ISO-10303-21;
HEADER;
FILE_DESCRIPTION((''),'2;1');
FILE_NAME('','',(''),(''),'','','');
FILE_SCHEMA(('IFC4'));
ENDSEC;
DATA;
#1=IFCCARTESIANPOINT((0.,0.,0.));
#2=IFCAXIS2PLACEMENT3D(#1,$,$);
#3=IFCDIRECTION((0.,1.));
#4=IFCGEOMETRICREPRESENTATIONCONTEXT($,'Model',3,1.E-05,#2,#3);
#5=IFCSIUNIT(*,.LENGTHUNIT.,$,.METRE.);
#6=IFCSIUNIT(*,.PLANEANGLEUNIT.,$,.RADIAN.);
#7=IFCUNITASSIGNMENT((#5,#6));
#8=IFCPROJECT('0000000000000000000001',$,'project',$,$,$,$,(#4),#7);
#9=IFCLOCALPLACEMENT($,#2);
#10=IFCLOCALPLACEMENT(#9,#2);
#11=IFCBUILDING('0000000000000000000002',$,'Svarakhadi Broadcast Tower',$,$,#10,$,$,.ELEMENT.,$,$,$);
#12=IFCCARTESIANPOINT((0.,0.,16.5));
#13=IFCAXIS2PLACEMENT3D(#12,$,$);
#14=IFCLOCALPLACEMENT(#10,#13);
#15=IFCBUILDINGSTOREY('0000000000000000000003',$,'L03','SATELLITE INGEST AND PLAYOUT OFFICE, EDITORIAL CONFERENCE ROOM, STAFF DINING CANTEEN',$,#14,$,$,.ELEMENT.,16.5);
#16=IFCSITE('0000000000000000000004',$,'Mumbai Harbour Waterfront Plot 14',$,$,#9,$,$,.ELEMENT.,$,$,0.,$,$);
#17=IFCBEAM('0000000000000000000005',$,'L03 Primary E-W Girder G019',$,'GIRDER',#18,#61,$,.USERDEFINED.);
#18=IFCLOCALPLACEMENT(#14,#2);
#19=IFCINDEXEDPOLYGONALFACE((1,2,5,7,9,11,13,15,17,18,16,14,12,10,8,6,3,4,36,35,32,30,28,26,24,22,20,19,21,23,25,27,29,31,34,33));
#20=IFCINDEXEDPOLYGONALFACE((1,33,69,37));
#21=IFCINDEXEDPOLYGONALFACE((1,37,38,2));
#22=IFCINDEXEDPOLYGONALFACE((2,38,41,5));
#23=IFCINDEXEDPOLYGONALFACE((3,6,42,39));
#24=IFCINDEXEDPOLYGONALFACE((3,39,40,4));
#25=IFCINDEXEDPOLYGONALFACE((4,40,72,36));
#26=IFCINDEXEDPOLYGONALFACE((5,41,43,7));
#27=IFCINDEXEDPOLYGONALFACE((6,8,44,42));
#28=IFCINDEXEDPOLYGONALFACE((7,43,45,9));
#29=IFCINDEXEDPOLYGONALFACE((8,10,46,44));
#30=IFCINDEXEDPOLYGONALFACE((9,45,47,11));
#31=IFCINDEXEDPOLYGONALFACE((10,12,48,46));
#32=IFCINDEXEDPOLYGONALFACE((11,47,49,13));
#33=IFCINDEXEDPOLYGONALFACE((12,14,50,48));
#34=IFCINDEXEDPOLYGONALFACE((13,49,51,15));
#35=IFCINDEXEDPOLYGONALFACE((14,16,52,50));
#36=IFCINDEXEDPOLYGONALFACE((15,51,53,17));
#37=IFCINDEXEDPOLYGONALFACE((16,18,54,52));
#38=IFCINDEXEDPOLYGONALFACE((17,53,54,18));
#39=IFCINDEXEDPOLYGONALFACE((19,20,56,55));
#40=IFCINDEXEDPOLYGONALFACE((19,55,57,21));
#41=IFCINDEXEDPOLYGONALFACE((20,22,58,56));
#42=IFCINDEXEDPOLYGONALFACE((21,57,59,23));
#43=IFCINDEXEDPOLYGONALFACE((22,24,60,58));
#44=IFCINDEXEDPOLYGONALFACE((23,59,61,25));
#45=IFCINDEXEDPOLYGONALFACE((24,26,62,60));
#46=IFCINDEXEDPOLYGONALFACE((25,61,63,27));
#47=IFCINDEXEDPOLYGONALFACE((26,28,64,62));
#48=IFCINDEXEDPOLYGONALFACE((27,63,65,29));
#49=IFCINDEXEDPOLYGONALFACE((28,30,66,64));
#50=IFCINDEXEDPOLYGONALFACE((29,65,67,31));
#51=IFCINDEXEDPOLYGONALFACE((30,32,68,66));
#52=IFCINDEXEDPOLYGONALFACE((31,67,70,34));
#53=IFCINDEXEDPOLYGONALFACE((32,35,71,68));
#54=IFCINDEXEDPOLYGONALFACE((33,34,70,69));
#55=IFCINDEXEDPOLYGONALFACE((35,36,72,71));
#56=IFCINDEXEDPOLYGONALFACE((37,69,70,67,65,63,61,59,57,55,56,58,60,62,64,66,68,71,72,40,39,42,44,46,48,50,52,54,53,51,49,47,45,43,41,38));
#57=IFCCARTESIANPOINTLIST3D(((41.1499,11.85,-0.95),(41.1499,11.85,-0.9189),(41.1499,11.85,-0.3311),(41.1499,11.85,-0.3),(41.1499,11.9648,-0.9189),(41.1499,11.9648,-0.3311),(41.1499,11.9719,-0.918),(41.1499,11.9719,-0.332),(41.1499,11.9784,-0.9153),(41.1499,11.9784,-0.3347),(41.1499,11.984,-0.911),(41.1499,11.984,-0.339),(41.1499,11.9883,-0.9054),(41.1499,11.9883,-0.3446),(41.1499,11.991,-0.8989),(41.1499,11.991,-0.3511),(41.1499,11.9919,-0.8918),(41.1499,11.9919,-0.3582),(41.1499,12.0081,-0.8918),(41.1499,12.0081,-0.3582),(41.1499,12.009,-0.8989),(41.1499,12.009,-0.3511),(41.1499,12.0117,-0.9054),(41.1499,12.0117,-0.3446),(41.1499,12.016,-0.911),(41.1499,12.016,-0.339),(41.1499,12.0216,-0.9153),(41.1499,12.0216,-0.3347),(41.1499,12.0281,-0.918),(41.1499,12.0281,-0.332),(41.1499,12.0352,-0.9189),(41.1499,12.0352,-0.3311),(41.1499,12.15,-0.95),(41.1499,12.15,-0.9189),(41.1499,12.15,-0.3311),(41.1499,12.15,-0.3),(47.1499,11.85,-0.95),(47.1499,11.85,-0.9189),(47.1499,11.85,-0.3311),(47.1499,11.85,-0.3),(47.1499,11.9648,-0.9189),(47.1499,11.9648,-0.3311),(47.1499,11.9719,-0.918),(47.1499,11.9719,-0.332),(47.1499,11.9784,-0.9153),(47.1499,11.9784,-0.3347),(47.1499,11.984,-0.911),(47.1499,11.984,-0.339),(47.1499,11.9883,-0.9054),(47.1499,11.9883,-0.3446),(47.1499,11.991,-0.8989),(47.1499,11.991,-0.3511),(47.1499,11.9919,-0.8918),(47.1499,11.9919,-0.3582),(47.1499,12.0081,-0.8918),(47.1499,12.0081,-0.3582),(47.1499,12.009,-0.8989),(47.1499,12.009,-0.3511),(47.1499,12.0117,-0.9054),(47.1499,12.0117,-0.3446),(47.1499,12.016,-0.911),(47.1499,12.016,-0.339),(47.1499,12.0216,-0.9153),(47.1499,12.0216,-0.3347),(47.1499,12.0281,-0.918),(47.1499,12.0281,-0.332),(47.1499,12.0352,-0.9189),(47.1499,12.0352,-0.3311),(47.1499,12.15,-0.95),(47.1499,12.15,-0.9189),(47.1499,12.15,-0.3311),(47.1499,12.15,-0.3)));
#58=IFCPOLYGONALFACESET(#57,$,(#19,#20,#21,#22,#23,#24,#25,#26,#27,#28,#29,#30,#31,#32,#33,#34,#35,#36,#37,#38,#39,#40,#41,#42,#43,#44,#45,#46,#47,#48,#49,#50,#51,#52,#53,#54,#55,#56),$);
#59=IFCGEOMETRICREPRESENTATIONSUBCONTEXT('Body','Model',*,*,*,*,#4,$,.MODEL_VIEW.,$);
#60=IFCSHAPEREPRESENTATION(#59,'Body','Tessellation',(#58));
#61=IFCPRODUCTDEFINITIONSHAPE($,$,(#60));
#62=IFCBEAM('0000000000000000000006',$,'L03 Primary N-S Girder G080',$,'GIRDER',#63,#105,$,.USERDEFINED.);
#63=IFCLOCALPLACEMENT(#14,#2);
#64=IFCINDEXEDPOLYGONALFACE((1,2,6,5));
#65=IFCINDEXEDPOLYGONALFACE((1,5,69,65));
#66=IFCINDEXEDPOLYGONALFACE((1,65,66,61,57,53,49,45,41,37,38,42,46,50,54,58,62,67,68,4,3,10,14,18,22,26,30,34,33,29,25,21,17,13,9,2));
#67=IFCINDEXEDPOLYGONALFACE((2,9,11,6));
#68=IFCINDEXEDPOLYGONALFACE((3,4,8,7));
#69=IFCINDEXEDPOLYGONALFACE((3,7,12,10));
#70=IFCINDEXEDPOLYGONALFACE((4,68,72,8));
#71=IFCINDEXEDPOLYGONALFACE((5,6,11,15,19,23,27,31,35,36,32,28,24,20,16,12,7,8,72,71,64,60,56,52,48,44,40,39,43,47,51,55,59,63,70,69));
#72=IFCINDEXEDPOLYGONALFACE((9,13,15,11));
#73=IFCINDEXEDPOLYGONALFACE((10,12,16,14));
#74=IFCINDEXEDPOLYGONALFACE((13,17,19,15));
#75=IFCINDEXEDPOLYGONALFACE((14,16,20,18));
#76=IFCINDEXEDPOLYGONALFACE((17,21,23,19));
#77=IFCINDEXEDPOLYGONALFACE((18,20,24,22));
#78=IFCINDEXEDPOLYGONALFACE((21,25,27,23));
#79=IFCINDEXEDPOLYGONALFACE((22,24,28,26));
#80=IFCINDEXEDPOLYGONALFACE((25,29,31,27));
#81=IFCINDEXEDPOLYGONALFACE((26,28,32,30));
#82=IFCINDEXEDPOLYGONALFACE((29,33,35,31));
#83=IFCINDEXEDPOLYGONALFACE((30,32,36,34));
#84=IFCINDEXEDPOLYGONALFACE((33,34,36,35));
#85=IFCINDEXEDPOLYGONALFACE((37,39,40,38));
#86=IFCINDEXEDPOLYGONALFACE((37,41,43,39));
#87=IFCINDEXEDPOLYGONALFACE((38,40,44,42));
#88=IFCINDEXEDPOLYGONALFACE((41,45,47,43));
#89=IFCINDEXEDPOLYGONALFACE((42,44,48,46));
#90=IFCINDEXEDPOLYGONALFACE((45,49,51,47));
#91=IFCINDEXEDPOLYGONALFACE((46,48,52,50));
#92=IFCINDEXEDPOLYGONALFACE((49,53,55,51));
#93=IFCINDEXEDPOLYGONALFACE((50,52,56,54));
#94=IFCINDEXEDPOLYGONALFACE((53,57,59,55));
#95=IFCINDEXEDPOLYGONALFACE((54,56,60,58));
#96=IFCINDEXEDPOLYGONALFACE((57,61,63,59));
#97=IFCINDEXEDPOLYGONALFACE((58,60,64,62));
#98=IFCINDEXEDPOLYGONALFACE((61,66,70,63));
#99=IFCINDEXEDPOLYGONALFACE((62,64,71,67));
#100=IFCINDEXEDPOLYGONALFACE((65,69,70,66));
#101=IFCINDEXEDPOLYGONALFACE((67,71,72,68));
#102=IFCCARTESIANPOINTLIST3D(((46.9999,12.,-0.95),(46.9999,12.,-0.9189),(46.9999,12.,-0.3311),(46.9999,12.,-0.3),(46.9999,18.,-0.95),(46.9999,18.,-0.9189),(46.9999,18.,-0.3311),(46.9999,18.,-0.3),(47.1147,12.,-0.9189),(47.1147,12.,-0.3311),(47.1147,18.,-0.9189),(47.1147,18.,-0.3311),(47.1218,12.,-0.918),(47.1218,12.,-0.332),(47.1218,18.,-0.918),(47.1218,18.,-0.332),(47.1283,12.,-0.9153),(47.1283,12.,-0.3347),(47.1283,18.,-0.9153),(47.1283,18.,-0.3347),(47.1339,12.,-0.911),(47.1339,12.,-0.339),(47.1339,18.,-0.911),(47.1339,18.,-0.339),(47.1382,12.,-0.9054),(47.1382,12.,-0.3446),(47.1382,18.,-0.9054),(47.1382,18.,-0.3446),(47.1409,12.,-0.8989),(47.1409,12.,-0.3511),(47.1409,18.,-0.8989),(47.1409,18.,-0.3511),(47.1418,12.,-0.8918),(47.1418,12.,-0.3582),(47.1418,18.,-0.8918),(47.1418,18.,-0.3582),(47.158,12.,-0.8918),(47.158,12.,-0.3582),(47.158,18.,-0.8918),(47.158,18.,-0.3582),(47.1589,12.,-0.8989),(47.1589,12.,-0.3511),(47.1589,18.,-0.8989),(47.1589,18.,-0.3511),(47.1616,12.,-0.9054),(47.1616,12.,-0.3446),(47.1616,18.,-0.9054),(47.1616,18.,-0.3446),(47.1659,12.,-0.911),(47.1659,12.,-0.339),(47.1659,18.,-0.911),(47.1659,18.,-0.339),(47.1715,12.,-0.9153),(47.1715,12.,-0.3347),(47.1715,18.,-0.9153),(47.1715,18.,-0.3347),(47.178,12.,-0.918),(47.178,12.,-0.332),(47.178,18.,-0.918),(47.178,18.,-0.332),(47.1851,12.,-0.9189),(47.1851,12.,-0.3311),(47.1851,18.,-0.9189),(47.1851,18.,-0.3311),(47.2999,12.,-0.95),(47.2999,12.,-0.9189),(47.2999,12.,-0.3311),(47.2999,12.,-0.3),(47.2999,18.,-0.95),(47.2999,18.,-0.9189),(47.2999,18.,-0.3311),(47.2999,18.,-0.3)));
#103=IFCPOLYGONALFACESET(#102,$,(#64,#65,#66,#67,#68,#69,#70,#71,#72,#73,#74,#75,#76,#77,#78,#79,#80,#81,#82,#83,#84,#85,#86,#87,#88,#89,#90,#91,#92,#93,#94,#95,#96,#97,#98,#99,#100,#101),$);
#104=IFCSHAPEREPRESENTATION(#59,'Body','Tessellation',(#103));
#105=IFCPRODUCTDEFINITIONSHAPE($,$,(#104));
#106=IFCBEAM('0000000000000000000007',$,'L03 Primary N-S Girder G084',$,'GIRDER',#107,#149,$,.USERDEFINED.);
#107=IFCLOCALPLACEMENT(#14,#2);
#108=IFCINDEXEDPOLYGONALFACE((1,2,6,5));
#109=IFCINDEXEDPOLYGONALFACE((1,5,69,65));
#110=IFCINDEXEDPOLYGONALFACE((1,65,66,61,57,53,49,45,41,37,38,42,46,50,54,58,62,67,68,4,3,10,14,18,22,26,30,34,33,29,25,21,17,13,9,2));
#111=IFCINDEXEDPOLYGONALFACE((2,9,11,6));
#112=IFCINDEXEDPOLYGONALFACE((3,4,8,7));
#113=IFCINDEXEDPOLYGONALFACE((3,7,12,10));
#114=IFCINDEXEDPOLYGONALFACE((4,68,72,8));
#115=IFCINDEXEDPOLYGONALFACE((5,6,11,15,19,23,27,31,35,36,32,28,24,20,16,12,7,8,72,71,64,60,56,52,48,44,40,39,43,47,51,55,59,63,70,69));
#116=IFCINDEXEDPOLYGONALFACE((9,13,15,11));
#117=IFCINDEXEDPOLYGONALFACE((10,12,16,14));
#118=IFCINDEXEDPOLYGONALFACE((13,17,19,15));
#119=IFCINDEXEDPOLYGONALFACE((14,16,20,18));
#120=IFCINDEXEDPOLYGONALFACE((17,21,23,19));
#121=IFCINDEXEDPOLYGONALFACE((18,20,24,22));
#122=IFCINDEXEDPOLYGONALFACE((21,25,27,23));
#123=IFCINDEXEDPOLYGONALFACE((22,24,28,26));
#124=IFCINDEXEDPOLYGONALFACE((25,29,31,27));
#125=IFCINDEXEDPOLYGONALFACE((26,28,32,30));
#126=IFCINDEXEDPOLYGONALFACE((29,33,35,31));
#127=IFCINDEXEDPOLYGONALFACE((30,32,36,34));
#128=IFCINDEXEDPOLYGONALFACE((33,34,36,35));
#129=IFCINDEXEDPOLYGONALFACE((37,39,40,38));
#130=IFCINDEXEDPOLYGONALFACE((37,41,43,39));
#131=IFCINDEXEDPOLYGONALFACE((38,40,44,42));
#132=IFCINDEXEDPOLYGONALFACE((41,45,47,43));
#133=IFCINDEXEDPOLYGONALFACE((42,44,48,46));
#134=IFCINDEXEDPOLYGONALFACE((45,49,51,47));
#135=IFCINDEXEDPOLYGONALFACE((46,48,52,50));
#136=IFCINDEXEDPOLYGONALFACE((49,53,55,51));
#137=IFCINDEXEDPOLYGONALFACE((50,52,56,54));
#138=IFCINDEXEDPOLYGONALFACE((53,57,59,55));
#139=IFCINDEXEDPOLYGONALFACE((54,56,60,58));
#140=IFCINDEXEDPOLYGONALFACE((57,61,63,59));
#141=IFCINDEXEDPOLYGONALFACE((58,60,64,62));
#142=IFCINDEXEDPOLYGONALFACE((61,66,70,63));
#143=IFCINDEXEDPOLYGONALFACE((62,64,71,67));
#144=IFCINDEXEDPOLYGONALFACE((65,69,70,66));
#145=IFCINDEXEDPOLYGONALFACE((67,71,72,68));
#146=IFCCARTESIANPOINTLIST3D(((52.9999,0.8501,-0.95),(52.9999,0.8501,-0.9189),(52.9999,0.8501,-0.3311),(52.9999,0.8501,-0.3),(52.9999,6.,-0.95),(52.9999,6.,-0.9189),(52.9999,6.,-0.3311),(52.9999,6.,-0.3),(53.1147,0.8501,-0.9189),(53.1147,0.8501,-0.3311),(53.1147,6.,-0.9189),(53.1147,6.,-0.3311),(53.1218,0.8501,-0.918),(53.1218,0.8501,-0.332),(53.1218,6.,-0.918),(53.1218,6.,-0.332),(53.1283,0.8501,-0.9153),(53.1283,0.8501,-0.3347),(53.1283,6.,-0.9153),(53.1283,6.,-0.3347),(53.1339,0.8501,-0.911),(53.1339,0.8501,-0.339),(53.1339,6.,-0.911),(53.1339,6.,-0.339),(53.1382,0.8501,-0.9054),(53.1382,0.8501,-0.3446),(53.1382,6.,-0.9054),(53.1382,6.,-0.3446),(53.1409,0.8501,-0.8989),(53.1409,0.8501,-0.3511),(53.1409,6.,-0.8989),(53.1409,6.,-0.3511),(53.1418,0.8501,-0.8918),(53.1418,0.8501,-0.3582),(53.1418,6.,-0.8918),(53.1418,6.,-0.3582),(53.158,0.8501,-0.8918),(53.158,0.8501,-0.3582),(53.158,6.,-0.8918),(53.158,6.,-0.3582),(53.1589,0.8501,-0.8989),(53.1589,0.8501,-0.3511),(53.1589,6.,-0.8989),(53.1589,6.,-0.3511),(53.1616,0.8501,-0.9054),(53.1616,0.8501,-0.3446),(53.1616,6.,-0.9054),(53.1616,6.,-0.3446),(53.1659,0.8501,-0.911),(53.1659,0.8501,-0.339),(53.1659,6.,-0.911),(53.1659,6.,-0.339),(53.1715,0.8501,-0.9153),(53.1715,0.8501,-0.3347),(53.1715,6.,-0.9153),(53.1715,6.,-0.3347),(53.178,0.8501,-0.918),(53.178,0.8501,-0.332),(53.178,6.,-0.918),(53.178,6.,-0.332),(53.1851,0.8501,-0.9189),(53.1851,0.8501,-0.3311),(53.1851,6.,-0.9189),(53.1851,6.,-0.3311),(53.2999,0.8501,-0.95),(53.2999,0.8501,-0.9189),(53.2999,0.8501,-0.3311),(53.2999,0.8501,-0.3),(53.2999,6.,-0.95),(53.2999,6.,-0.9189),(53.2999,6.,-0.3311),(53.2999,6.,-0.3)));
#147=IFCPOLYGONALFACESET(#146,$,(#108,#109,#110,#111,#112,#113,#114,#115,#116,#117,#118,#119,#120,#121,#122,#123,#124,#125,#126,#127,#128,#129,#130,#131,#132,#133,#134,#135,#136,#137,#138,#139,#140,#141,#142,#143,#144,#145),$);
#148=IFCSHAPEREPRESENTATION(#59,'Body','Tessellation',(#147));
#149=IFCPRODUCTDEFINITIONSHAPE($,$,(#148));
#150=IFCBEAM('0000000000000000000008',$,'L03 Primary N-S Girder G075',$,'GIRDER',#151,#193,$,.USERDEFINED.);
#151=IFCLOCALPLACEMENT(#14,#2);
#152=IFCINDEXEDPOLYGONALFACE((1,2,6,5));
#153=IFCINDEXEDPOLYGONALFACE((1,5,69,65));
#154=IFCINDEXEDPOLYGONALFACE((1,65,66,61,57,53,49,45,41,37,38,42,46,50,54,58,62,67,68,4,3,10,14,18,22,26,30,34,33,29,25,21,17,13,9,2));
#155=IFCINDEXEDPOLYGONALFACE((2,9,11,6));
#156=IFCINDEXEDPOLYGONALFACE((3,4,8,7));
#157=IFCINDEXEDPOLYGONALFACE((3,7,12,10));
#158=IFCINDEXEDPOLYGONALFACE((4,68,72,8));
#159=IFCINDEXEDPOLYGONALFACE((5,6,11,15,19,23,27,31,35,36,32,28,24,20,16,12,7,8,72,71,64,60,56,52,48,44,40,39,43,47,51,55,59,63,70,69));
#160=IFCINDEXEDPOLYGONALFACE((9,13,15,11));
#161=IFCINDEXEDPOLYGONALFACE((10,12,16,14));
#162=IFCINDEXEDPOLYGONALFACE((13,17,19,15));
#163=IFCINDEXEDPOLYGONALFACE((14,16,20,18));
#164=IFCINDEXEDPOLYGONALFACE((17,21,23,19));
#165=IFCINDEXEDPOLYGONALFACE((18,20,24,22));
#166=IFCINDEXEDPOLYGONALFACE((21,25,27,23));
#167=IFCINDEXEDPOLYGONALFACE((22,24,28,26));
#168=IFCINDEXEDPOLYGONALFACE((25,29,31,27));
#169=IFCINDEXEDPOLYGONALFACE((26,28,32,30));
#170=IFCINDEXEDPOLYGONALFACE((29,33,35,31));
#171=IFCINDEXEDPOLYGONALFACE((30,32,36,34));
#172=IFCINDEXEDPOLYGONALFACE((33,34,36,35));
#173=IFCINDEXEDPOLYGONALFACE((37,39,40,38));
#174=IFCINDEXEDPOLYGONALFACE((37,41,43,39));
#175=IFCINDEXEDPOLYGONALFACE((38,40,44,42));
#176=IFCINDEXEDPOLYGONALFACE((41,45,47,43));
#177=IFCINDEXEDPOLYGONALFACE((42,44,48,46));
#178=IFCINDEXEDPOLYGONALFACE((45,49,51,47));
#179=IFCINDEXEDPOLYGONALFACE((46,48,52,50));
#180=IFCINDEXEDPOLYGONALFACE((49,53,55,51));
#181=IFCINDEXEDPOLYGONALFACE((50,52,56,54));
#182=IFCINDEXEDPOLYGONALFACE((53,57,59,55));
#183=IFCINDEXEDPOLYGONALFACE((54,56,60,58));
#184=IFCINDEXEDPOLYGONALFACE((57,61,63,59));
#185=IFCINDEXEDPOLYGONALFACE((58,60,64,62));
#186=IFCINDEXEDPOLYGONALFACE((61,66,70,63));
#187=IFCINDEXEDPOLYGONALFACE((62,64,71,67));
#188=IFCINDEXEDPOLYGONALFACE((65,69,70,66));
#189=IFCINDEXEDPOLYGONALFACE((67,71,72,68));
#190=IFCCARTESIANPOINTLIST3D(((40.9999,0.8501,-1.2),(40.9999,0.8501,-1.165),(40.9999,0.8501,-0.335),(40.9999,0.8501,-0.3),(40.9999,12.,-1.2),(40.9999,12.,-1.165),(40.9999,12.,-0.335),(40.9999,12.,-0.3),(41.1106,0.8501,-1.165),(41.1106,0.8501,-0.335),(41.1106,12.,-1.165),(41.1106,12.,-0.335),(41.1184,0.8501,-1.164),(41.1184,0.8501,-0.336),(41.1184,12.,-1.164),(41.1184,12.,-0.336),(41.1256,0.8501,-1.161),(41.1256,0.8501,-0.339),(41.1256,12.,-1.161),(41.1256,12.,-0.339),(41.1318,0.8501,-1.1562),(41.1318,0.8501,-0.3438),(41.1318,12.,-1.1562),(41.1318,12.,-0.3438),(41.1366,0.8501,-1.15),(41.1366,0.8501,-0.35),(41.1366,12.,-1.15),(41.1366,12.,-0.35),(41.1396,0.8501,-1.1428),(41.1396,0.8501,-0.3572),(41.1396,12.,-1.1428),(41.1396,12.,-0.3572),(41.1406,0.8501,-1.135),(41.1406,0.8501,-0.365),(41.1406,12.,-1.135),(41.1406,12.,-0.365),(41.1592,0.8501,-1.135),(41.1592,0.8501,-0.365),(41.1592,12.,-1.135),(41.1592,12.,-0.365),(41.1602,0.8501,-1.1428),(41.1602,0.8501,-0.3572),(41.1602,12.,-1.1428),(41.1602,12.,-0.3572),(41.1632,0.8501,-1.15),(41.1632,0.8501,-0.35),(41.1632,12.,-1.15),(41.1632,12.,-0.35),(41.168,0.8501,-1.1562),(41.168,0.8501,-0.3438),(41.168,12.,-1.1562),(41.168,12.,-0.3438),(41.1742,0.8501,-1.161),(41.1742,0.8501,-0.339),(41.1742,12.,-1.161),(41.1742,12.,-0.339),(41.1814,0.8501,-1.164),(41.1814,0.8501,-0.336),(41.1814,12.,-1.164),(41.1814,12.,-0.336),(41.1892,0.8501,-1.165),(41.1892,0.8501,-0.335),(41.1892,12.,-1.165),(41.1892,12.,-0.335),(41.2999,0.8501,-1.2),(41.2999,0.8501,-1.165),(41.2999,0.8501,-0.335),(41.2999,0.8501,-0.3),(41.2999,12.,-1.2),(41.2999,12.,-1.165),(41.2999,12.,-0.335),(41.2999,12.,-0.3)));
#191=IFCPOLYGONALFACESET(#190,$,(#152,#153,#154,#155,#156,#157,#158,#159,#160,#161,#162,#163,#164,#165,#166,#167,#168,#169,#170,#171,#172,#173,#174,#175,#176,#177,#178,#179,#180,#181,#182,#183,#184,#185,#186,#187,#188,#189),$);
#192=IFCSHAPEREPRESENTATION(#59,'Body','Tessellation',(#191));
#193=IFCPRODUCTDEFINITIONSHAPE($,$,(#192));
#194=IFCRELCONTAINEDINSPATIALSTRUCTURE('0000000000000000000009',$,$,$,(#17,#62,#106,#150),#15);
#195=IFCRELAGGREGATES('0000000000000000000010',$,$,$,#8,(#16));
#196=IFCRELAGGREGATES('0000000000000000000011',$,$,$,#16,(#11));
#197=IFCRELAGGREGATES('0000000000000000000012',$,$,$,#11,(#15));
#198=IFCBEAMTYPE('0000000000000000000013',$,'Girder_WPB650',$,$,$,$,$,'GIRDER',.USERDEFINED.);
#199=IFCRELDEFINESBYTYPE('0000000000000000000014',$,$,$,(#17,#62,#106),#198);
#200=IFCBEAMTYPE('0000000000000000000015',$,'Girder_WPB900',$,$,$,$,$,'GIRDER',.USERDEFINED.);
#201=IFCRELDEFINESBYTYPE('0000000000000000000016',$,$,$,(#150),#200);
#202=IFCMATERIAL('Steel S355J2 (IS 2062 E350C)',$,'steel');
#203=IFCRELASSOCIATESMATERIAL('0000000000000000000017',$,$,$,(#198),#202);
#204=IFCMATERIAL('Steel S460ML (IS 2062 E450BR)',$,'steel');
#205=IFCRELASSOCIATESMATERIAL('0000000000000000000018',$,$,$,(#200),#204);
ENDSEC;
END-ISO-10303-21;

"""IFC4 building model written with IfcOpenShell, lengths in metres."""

from ifc_helpers import new_model, si_unit, direction, frame, origin, origin_2d, place, context, subcontext, project, spatial, i_section, extrude, material, material_profile, profile_set, type_object, element, save


model = new_model("IFC4")

# Units and contexts
model_context = context("Model", 3, precision=1e-05, world=origin(), true_north=direction((0.0, 1.0)))
body_context = subcontext(model_context, "Body", "Model", "MODEL_VIEW")
ifc_project = project(units=[si_unit("LENGTHUNIT", "METRE"), si_unit("PLANEANGLEUNIT", "RADIAN")], contexts=[model_context])

# Site, building, storey
site_placement = place(None, origin())
site = spatial("IfcSite", under=ifc_project, at=site_placement, Name="Mumbai Harbour Waterfront Plot 14", CompositionType="ELEMENT", RefElevation=0.0)
building_placement = place(site_placement, origin())
building = spatial("IfcBuilding", under=site, at=building_placement, Name="Svarakhadi Broadcast Tower", CompositionType="ELEMENT")
storey_placement = place(building_placement, frame((0.0, 0.0, 16.5)))
storey = spatial("IfcBuildingStorey", under=building, at=storey_placement, Name="L03", Description="SATELLITE INGEST AND PLAYOUT OFFICE, EDITORIAL CONFERENCE ROOM, STAFF DINING CANTEEN", CompositionType="ELEMENT", Elevation=16.5)

# Shared definitions
ifc_material_1 = material(Name="Steel S460ML (IS 2062 E450BR)", Category="steel")

# Shared definitions
ifc_material_2 = material(Name="Steel S355J2 (IS 2062 E350C)", Category="steel")

# Beams
ifc_material_profile_1 = material_profile(ifc_material_2, i_section(OverallWidth=0.3, OverallDepth=0.6499, WebThickness=0.0161, FlangeThickness=0.031, FilletRadius=0.0271, at=origin_2d()), Name="WPB 650x300x225")
ifc_profile_set_1 = profile_set([ifc_material_profile_1], Name="Steel S355J2 (IS 2062 E350C)")
beam_type_1 = type_object("IfcBeamType", Name="Girder_WPB650", ElementType="GIRDER", PredefinedType="USERDEFINED", material=ifc_profile_set_1)
for number, where, z_axis, x_axis, name in (
    (1, (41.1499, 12.0, -0.625), (1.0, 0.0, 0.0), (0.0, 1.0, 0.0), "L03 Primary E-W Girder G019"),
    (2, (47.1499, 12.0, -0.625), (0.0, 1.0, 0.0), (-1.0, 0.0, 0.0), "L03 Primary N-S Girder G080"),
):
    element("IfcBeam", number, at=place(storey_placement, frame(where, z_axis=z_axis, x_axis=x_axis)), inside=storey, type_object=beam_type_1, Name=name, ObjectType="GIRDER", PredefinedType="USERDEFINED", context=body_context, shape_type="SweptSolid", body=[
        extrude(i_section(OverallWidth=0.3, OverallDepth=0.6499, WebThickness=0.0161, FlangeThickness=0.031, FilletRadius=0.0271, at=origin_2d()), origin(), (0.0, 0.0, 1.0), 6.0),
    ])
beam_1_placement = place(storey_placement, frame((53.1499, 0.8501, -0.625), z_axis=(0.0, 1.0, 0.0), x_axis=(-1.0, 0.0, 0.0)))
element("IfcBeam", 3, at=beam_1_placement, inside=storey, type_object=beam_type_1, Name="L03 Primary N-S Girder G084", ObjectType="GIRDER", PredefinedType="USERDEFINED", context=body_context, shape_type="SweptSolid", body=[
    extrude(i_section(OverallWidth=0.3, OverallDepth=0.6499, WebThickness=0.0161, FlangeThickness=0.031, FilletRadius=0.0271, at=origin_2d()), origin(), (0.0, 0.0, 1.0), 5.1499),
])
ifc_material_profile_2 = material_profile(ifc_material_1, i_section(OverallWidth=0.3, OverallDepth=0.8999, WebThickness=0.0186, FlangeThickness=0.0349, FilletRadius=0.03, at=origin_2d()), Name="WPB 900x300x291")
ifc_profile_set_2 = profile_set([ifc_material_profile_2], Name="Steel S460ML (IS 2062 E450BR)")
beam_type_2 = type_object("IfcBeamType", Name="Girder_WPB900", ElementType="GIRDER", PredefinedType="USERDEFINED", material=ifc_profile_set_2)
beam_2_placement = place(storey_placement, frame((41.1499, 0.8501, -0.75), z_axis=(0.0, 1.0, 0.0), x_axis=(-1.0, 0.0, 0.0)))
element("IfcBeam", 4, at=beam_2_placement, inside=storey, type_object=beam_type_2, Name="L03 Primary N-S Girder G075", ObjectType="GIRDER", PredefinedType="USERDEFINED", context=body_context, shape_type="SweptSolid", body=[
    extrude(i_section(OverallWidth=0.3, OverallDepth=0.8999, WebThickness=0.0186, FlangeThickness=0.0349, FilletRadius=0.03, at=origin_2d()), origin(), (0.0, 0.0, 1.0), 11.1499),
])

save(model, "model.ifc")
